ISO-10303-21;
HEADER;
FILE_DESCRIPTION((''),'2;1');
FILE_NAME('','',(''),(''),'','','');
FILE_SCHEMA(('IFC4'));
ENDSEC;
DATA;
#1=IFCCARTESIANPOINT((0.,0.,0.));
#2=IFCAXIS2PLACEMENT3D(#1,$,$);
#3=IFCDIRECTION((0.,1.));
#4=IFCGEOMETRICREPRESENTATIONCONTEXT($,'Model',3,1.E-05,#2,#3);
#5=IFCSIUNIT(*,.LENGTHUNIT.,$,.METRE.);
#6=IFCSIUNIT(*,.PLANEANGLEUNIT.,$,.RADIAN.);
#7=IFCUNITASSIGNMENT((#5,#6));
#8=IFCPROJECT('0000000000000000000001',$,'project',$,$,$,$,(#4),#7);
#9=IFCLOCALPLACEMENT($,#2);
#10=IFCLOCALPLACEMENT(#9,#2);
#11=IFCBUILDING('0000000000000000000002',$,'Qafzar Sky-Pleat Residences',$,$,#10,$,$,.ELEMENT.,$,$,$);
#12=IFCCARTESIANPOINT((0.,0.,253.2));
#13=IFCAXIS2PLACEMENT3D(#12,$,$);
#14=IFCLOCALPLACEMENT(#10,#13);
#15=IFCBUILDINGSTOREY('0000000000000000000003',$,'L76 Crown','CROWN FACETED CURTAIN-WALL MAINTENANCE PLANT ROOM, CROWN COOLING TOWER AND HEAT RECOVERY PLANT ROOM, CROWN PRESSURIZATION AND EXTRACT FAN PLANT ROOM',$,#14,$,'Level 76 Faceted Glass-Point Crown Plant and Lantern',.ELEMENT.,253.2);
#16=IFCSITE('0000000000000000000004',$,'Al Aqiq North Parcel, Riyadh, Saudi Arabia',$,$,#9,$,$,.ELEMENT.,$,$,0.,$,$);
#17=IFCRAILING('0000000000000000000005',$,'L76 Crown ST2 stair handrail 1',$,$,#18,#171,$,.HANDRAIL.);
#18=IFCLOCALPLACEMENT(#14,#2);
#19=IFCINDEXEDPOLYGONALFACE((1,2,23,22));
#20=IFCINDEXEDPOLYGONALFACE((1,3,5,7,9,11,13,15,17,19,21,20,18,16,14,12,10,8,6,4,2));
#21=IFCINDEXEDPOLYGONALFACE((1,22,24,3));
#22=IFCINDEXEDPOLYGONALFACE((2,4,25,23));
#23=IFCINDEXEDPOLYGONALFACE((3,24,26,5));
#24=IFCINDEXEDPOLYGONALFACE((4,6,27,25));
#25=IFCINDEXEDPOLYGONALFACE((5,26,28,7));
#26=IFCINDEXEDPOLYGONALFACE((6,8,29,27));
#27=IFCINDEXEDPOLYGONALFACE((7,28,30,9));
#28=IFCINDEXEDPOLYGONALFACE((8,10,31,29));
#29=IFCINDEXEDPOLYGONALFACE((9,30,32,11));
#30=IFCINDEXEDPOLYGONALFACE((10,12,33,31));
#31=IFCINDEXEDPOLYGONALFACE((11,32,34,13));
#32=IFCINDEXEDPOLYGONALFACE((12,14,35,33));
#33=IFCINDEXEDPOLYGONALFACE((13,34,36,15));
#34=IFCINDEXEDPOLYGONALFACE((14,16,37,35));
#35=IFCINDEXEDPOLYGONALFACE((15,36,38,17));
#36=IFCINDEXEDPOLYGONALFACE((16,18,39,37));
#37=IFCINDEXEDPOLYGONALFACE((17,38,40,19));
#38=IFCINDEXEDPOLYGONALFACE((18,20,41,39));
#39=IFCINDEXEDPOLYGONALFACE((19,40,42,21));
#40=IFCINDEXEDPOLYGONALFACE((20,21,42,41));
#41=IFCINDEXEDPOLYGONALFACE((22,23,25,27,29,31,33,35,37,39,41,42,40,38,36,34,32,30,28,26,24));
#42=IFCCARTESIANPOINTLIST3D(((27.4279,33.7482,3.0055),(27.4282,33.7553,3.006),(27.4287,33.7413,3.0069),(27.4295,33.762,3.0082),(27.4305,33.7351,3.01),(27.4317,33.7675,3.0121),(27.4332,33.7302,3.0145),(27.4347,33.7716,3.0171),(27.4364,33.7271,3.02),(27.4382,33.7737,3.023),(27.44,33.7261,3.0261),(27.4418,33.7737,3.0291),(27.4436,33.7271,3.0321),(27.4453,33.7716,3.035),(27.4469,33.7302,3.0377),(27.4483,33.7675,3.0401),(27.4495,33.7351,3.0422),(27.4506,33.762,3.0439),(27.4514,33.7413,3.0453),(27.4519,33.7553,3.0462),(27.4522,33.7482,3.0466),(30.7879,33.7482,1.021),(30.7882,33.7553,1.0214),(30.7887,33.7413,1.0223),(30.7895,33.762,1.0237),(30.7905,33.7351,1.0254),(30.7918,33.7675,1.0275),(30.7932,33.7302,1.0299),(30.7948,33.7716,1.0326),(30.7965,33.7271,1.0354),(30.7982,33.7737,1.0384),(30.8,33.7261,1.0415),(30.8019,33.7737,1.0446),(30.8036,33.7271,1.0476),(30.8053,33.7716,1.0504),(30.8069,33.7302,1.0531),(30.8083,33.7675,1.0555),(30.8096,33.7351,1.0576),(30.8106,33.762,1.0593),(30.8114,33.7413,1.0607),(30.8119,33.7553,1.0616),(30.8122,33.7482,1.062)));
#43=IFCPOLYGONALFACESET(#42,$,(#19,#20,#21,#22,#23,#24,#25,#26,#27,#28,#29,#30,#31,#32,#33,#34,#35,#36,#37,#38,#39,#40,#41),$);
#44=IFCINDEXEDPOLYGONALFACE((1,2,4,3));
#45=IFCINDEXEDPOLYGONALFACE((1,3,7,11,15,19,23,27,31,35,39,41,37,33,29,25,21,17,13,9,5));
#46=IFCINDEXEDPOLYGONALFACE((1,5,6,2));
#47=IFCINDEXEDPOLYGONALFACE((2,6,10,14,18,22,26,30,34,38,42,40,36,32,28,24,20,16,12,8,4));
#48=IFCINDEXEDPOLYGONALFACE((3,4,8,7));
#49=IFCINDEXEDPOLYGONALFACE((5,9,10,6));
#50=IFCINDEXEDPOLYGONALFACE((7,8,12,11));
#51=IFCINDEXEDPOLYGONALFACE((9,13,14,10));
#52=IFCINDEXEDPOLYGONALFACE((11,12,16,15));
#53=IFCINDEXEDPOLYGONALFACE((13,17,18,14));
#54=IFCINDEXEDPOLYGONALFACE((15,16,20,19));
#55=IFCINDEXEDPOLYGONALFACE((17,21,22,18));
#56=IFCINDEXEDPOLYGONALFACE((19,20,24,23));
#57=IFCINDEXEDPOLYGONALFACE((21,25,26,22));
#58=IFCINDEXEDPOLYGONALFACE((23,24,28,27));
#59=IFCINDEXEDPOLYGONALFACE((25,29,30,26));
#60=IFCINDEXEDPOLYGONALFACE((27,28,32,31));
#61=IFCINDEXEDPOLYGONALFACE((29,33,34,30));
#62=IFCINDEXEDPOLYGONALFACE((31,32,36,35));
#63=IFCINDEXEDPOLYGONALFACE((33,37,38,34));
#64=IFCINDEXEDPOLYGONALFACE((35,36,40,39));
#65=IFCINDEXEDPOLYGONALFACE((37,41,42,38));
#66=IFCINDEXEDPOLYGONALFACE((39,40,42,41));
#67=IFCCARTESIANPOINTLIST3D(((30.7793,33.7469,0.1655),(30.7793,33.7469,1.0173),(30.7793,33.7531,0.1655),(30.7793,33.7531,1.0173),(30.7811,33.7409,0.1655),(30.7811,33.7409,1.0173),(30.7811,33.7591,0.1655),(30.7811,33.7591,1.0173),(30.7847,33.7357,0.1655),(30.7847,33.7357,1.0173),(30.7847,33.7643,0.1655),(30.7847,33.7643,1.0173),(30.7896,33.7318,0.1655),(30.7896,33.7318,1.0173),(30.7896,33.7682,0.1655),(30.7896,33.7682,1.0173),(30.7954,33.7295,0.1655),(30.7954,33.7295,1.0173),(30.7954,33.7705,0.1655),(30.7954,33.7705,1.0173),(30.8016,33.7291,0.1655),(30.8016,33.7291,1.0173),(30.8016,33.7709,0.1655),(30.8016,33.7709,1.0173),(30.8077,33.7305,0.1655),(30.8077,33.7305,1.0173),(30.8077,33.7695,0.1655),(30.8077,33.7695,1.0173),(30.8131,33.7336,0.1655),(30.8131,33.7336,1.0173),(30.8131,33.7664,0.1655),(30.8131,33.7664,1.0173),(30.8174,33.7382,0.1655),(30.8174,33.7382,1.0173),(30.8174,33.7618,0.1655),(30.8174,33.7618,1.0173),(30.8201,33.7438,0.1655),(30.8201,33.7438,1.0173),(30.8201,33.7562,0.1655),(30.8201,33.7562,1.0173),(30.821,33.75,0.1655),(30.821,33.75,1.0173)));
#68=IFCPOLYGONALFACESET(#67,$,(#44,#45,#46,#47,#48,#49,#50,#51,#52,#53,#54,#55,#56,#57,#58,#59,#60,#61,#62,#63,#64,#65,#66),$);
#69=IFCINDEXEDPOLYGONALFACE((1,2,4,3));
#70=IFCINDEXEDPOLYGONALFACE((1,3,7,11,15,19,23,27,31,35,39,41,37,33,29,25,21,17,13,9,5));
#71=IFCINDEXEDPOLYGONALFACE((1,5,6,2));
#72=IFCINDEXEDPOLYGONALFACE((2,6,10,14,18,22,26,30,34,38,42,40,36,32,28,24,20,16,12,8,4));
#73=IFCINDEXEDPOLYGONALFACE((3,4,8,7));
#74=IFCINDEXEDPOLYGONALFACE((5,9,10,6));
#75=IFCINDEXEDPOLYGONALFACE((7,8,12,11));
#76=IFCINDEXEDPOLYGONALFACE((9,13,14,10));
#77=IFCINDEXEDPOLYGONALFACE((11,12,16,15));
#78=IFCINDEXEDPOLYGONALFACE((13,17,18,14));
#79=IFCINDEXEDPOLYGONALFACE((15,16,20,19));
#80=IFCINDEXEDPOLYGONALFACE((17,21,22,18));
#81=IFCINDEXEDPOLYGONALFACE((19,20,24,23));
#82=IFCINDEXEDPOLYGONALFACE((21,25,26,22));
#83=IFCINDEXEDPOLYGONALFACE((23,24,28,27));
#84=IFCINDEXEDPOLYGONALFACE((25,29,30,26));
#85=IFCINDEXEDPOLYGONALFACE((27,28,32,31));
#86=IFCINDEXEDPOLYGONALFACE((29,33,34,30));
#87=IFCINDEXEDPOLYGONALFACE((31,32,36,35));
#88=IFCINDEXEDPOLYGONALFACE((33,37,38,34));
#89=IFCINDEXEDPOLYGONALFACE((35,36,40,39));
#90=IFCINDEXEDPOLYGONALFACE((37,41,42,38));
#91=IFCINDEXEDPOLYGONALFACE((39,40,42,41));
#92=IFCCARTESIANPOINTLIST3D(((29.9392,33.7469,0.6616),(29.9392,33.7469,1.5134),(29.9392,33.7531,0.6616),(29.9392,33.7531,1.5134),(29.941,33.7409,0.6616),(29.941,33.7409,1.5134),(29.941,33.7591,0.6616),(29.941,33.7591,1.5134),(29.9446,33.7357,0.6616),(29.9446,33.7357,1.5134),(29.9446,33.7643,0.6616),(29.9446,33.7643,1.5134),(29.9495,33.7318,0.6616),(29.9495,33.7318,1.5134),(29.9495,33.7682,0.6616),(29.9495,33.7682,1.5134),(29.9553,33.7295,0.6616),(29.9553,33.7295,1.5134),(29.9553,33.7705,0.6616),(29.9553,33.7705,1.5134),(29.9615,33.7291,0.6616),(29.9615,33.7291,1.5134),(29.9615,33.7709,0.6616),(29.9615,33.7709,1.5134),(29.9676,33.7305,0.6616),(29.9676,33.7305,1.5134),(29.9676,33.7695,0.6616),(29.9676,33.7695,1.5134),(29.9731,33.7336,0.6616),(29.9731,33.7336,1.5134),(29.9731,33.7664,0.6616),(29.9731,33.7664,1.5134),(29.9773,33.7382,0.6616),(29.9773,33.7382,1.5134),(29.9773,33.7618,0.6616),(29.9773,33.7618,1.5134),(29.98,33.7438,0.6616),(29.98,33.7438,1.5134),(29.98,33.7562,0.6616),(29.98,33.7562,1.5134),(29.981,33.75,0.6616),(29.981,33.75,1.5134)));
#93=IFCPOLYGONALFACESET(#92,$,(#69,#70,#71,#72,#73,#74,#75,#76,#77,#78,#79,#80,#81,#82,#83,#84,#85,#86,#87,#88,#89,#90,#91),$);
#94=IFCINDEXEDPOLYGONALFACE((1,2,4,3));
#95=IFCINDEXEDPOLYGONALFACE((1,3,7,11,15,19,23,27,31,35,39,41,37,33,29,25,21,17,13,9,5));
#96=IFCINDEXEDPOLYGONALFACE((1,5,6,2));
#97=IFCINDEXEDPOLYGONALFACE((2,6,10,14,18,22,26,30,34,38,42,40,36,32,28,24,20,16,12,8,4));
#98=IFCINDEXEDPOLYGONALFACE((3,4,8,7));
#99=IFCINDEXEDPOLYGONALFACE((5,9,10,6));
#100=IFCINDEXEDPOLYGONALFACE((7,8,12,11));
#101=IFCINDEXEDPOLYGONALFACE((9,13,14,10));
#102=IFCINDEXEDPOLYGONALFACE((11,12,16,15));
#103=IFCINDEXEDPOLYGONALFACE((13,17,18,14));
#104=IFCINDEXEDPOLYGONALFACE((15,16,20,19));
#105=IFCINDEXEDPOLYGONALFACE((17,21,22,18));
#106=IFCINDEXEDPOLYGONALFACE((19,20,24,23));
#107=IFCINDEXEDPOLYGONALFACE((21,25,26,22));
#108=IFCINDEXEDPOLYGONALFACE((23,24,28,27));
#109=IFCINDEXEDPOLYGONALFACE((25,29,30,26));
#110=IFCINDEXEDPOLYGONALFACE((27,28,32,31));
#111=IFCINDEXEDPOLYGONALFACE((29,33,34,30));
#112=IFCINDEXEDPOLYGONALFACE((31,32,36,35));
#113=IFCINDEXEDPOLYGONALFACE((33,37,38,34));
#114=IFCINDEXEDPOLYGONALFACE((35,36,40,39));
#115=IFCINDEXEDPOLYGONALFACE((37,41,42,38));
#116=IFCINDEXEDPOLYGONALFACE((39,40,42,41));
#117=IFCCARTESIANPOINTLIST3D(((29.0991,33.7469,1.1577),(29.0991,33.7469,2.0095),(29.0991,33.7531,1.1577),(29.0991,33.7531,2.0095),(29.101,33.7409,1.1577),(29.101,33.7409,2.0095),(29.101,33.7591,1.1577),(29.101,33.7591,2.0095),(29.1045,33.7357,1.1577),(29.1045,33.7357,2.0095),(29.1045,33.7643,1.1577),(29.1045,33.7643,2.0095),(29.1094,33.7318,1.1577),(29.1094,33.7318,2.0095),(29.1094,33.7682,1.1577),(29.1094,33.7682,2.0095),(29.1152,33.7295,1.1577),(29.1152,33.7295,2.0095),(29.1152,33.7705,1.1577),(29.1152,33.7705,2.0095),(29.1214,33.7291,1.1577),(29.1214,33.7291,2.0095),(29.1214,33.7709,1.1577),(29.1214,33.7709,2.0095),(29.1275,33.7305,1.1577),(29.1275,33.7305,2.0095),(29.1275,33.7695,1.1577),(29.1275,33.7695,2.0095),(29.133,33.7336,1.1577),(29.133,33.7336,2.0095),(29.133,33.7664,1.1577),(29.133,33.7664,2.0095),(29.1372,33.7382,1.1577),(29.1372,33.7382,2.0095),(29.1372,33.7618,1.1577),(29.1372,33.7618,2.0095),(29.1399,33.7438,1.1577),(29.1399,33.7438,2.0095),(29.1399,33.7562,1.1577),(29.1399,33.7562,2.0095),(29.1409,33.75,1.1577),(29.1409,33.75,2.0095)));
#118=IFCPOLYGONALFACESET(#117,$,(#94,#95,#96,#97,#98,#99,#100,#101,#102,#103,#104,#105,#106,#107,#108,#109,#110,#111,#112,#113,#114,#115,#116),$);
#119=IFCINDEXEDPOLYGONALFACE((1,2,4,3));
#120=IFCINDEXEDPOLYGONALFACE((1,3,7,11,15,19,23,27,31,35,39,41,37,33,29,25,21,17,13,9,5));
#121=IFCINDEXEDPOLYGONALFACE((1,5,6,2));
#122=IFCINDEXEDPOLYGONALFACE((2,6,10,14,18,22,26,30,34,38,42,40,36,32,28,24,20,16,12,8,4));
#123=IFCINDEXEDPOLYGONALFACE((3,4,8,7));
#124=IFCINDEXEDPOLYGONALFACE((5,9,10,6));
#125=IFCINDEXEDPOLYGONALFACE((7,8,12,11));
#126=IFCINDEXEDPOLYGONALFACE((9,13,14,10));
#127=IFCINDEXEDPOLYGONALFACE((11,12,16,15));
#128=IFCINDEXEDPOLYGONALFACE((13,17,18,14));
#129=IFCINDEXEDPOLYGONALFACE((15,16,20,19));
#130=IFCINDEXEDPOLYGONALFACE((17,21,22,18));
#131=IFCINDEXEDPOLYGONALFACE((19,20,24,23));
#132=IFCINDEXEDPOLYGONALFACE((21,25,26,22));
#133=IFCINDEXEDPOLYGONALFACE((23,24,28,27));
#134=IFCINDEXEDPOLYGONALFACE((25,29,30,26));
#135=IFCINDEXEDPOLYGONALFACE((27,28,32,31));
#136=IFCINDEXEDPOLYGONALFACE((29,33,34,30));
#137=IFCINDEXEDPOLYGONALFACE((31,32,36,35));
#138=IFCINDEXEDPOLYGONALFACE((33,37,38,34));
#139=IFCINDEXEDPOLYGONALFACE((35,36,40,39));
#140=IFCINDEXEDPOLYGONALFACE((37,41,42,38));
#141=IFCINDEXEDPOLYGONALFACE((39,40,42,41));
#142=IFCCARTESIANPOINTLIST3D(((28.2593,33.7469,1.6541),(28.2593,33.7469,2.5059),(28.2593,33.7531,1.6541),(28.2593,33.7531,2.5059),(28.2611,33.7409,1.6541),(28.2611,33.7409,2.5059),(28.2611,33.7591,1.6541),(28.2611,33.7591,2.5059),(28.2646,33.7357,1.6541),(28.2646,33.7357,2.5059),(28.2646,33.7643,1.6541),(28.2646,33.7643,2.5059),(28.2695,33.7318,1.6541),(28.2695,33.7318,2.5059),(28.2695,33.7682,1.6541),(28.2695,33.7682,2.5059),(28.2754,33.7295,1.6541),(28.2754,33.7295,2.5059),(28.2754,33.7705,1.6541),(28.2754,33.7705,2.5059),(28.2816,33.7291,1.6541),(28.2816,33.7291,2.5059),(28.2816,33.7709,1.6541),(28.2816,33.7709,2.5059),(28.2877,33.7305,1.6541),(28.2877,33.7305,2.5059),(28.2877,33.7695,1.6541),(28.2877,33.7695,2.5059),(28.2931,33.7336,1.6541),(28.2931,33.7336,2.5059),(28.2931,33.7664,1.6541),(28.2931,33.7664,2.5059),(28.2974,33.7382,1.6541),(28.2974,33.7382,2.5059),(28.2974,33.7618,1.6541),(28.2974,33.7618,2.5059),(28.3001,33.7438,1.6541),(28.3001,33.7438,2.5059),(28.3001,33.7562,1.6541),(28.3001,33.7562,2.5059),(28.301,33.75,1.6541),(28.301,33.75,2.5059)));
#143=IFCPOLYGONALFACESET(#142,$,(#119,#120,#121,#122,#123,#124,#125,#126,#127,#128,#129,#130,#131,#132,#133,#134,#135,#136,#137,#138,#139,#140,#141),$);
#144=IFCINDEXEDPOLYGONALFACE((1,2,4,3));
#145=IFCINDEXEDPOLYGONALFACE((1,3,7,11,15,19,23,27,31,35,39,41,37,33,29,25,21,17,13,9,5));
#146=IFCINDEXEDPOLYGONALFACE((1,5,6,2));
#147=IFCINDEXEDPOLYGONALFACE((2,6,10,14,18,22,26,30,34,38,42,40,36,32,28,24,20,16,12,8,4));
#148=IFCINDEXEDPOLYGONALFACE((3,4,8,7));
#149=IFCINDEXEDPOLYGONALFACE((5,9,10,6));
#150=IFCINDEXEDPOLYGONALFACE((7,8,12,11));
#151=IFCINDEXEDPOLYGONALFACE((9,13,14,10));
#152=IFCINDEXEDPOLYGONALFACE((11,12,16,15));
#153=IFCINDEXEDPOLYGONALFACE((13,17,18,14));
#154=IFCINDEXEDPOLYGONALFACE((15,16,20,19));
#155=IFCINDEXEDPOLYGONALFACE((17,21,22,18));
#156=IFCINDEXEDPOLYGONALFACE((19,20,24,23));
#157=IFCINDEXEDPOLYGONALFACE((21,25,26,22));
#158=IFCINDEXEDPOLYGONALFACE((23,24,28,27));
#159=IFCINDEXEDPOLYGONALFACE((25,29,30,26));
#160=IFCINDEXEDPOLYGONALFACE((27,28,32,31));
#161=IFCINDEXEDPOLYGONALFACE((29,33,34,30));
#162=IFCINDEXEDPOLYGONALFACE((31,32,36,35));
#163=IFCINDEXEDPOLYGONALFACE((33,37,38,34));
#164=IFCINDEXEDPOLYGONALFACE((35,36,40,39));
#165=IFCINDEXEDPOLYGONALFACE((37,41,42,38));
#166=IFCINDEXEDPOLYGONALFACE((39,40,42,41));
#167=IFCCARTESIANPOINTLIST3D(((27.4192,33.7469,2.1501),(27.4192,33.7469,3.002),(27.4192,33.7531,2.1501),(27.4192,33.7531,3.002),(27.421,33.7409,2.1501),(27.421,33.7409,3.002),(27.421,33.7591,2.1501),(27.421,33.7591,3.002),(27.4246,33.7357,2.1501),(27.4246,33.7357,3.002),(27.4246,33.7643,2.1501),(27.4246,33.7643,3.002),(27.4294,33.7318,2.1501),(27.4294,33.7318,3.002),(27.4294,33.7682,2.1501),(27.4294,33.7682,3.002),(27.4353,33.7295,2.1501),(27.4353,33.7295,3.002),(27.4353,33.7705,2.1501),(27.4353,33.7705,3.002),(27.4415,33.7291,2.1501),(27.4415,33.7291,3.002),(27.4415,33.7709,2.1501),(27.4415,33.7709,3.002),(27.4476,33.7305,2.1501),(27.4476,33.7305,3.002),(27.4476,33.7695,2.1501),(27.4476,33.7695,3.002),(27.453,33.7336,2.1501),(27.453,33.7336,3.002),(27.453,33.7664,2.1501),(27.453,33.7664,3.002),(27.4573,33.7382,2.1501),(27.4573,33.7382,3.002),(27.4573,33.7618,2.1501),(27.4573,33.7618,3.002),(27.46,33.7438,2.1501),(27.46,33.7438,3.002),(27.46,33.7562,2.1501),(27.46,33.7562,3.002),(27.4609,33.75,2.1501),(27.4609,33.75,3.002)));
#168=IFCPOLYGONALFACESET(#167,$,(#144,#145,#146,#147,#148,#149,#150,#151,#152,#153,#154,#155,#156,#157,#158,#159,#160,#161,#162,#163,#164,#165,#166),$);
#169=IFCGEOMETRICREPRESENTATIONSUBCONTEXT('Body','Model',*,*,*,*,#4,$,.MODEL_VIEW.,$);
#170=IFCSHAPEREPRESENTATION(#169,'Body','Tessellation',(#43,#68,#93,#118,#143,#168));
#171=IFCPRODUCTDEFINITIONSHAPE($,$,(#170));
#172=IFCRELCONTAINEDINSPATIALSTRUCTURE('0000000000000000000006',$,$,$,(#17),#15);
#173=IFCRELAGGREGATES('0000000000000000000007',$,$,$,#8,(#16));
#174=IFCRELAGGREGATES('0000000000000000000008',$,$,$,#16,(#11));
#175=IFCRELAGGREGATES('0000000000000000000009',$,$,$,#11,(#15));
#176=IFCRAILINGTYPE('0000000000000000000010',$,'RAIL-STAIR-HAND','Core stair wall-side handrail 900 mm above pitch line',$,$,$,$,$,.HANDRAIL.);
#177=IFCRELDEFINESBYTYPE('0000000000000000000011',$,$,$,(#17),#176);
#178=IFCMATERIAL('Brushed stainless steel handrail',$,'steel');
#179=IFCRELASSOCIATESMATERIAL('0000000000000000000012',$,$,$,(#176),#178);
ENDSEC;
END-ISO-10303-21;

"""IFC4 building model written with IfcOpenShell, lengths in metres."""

from ifc_helpers import new_model, si_unit, direction, frame, origin, origin_2d, place, context, subcontext, project, spatial, circle, extrude, source, transform, mapped, material, type_object, element, save


model = new_model("IFC4")

# Units and contexts
model_context = context("Model", 3, precision=1e-05, world=origin(), true_north=direction((0.0, 1.0)))
body_context = subcontext(model_context, "Body", "Model", "MODEL_VIEW")
ifc_project = project(units=[si_unit("LENGTHUNIT", "METRE"), si_unit("PLANEANGLEUNIT", "RADIAN")], contexts=[model_context])

# Site, building, storey
site_placement = place(None, origin())
site = spatial("IfcSite", under=ifc_project, at=site_placement, Name="Al Aqiq North Parcel, Riyadh, Saudi Arabia", CompositionType="ELEMENT", RefElevation=0.0)
building_placement = place(site_placement, origin())
building = spatial("IfcBuilding", under=site, at=building_placement, Name="Qafzar Sky-Pleat Residences", CompositionType="ELEMENT")
storey_placement = place(building_placement, frame((0.0, 0.0, 253.2)))
storey = spatial("IfcBuildingStorey", under=building, at=storey_placement, Name="L76 Crown", Description="CROWN FACETED CURTAIN-WALL MAINTENANCE PLANT ROOM, CROWN COOLING TOWER AND HEAT RECOVERY PLANT ROOM, CROWN PRESSURIZATION AND EXTRACT FAN PLANT ROOM", LongName="Level 76 Faceted Glass-Point Crown Plant and Lantern", CompositionType="ELEMENT", Elevation=253.2)

# Railing
ifc_material_1 = material(Name="Brushed stainless steel handrail", Category="steel")
railing_type_1 = type_object("IfcRailingType", Name="RAIL-STAIR-HAND", Description="Core stair wall-side handrail 900 mm above pitch line", PredefinedType="HANDRAIL", material=ifc_material_1)
shared_shape_1 = source(origin(), body_context, "Body", "SweptSolid", [
    extrude(circle(Radius=0.0239, at=origin_2d()), frame((0.0, 0.0, 0.876), z_axis=(-0.861027, 0.0, 0.508559), x_axis=(0.0, -1.0, 0.0)), (0.0, 0.0, 1.0), 3.9023),
    extrude(circle(Radius=0.021, at=origin_2d()), origin(), (0.0, 0.0, 1.0), 0.8518),
    extrude(circle(Radius=0.021, at=origin_2d()), frame((-0.8401, 0.0, 0.4961)), (0.0, 0.0, 1.0), 0.8518),
    extrude(circle(Radius=0.021, at=origin_2d()), frame((-1.6802, 0.0, 0.9922)), (0.0, 0.0, 1.0), 0.8518),
    extrude(circle(Radius=0.021, at=origin_2d()), frame((-2.52, 0.0, 1.4885)), (0.0, 0.0, 1.0), 0.8518),
    extrude(circle(Radius=0.021, at=origin_2d()), frame((-3.3601, 0.0, 1.9846)), (0.0, 0.0, 1.0), 0.8518),
])
railing_1_placement = place(storey_placement, frame((30.8, 33.75, 0.1655)))
element("IfcRailing", 1, at=railing_1_placement, inside=storey, type_object=railing_type_1, Name="L76 Crown ST2 stair handrail 1", PredefinedType="HANDRAIL", context=body_context, shape_type="MappedRepresentation", body=[
    mapped(shared_shape_1, transform((0.0, 0.0, 0.0), x_axis=(1.0, 0.0, 0.0), y_axis=(0.0, 1.0, 0.0), z_axis=(0.0, 0.0, 1.0), scale=1.0)),
])

save(model, "model.ifc")
